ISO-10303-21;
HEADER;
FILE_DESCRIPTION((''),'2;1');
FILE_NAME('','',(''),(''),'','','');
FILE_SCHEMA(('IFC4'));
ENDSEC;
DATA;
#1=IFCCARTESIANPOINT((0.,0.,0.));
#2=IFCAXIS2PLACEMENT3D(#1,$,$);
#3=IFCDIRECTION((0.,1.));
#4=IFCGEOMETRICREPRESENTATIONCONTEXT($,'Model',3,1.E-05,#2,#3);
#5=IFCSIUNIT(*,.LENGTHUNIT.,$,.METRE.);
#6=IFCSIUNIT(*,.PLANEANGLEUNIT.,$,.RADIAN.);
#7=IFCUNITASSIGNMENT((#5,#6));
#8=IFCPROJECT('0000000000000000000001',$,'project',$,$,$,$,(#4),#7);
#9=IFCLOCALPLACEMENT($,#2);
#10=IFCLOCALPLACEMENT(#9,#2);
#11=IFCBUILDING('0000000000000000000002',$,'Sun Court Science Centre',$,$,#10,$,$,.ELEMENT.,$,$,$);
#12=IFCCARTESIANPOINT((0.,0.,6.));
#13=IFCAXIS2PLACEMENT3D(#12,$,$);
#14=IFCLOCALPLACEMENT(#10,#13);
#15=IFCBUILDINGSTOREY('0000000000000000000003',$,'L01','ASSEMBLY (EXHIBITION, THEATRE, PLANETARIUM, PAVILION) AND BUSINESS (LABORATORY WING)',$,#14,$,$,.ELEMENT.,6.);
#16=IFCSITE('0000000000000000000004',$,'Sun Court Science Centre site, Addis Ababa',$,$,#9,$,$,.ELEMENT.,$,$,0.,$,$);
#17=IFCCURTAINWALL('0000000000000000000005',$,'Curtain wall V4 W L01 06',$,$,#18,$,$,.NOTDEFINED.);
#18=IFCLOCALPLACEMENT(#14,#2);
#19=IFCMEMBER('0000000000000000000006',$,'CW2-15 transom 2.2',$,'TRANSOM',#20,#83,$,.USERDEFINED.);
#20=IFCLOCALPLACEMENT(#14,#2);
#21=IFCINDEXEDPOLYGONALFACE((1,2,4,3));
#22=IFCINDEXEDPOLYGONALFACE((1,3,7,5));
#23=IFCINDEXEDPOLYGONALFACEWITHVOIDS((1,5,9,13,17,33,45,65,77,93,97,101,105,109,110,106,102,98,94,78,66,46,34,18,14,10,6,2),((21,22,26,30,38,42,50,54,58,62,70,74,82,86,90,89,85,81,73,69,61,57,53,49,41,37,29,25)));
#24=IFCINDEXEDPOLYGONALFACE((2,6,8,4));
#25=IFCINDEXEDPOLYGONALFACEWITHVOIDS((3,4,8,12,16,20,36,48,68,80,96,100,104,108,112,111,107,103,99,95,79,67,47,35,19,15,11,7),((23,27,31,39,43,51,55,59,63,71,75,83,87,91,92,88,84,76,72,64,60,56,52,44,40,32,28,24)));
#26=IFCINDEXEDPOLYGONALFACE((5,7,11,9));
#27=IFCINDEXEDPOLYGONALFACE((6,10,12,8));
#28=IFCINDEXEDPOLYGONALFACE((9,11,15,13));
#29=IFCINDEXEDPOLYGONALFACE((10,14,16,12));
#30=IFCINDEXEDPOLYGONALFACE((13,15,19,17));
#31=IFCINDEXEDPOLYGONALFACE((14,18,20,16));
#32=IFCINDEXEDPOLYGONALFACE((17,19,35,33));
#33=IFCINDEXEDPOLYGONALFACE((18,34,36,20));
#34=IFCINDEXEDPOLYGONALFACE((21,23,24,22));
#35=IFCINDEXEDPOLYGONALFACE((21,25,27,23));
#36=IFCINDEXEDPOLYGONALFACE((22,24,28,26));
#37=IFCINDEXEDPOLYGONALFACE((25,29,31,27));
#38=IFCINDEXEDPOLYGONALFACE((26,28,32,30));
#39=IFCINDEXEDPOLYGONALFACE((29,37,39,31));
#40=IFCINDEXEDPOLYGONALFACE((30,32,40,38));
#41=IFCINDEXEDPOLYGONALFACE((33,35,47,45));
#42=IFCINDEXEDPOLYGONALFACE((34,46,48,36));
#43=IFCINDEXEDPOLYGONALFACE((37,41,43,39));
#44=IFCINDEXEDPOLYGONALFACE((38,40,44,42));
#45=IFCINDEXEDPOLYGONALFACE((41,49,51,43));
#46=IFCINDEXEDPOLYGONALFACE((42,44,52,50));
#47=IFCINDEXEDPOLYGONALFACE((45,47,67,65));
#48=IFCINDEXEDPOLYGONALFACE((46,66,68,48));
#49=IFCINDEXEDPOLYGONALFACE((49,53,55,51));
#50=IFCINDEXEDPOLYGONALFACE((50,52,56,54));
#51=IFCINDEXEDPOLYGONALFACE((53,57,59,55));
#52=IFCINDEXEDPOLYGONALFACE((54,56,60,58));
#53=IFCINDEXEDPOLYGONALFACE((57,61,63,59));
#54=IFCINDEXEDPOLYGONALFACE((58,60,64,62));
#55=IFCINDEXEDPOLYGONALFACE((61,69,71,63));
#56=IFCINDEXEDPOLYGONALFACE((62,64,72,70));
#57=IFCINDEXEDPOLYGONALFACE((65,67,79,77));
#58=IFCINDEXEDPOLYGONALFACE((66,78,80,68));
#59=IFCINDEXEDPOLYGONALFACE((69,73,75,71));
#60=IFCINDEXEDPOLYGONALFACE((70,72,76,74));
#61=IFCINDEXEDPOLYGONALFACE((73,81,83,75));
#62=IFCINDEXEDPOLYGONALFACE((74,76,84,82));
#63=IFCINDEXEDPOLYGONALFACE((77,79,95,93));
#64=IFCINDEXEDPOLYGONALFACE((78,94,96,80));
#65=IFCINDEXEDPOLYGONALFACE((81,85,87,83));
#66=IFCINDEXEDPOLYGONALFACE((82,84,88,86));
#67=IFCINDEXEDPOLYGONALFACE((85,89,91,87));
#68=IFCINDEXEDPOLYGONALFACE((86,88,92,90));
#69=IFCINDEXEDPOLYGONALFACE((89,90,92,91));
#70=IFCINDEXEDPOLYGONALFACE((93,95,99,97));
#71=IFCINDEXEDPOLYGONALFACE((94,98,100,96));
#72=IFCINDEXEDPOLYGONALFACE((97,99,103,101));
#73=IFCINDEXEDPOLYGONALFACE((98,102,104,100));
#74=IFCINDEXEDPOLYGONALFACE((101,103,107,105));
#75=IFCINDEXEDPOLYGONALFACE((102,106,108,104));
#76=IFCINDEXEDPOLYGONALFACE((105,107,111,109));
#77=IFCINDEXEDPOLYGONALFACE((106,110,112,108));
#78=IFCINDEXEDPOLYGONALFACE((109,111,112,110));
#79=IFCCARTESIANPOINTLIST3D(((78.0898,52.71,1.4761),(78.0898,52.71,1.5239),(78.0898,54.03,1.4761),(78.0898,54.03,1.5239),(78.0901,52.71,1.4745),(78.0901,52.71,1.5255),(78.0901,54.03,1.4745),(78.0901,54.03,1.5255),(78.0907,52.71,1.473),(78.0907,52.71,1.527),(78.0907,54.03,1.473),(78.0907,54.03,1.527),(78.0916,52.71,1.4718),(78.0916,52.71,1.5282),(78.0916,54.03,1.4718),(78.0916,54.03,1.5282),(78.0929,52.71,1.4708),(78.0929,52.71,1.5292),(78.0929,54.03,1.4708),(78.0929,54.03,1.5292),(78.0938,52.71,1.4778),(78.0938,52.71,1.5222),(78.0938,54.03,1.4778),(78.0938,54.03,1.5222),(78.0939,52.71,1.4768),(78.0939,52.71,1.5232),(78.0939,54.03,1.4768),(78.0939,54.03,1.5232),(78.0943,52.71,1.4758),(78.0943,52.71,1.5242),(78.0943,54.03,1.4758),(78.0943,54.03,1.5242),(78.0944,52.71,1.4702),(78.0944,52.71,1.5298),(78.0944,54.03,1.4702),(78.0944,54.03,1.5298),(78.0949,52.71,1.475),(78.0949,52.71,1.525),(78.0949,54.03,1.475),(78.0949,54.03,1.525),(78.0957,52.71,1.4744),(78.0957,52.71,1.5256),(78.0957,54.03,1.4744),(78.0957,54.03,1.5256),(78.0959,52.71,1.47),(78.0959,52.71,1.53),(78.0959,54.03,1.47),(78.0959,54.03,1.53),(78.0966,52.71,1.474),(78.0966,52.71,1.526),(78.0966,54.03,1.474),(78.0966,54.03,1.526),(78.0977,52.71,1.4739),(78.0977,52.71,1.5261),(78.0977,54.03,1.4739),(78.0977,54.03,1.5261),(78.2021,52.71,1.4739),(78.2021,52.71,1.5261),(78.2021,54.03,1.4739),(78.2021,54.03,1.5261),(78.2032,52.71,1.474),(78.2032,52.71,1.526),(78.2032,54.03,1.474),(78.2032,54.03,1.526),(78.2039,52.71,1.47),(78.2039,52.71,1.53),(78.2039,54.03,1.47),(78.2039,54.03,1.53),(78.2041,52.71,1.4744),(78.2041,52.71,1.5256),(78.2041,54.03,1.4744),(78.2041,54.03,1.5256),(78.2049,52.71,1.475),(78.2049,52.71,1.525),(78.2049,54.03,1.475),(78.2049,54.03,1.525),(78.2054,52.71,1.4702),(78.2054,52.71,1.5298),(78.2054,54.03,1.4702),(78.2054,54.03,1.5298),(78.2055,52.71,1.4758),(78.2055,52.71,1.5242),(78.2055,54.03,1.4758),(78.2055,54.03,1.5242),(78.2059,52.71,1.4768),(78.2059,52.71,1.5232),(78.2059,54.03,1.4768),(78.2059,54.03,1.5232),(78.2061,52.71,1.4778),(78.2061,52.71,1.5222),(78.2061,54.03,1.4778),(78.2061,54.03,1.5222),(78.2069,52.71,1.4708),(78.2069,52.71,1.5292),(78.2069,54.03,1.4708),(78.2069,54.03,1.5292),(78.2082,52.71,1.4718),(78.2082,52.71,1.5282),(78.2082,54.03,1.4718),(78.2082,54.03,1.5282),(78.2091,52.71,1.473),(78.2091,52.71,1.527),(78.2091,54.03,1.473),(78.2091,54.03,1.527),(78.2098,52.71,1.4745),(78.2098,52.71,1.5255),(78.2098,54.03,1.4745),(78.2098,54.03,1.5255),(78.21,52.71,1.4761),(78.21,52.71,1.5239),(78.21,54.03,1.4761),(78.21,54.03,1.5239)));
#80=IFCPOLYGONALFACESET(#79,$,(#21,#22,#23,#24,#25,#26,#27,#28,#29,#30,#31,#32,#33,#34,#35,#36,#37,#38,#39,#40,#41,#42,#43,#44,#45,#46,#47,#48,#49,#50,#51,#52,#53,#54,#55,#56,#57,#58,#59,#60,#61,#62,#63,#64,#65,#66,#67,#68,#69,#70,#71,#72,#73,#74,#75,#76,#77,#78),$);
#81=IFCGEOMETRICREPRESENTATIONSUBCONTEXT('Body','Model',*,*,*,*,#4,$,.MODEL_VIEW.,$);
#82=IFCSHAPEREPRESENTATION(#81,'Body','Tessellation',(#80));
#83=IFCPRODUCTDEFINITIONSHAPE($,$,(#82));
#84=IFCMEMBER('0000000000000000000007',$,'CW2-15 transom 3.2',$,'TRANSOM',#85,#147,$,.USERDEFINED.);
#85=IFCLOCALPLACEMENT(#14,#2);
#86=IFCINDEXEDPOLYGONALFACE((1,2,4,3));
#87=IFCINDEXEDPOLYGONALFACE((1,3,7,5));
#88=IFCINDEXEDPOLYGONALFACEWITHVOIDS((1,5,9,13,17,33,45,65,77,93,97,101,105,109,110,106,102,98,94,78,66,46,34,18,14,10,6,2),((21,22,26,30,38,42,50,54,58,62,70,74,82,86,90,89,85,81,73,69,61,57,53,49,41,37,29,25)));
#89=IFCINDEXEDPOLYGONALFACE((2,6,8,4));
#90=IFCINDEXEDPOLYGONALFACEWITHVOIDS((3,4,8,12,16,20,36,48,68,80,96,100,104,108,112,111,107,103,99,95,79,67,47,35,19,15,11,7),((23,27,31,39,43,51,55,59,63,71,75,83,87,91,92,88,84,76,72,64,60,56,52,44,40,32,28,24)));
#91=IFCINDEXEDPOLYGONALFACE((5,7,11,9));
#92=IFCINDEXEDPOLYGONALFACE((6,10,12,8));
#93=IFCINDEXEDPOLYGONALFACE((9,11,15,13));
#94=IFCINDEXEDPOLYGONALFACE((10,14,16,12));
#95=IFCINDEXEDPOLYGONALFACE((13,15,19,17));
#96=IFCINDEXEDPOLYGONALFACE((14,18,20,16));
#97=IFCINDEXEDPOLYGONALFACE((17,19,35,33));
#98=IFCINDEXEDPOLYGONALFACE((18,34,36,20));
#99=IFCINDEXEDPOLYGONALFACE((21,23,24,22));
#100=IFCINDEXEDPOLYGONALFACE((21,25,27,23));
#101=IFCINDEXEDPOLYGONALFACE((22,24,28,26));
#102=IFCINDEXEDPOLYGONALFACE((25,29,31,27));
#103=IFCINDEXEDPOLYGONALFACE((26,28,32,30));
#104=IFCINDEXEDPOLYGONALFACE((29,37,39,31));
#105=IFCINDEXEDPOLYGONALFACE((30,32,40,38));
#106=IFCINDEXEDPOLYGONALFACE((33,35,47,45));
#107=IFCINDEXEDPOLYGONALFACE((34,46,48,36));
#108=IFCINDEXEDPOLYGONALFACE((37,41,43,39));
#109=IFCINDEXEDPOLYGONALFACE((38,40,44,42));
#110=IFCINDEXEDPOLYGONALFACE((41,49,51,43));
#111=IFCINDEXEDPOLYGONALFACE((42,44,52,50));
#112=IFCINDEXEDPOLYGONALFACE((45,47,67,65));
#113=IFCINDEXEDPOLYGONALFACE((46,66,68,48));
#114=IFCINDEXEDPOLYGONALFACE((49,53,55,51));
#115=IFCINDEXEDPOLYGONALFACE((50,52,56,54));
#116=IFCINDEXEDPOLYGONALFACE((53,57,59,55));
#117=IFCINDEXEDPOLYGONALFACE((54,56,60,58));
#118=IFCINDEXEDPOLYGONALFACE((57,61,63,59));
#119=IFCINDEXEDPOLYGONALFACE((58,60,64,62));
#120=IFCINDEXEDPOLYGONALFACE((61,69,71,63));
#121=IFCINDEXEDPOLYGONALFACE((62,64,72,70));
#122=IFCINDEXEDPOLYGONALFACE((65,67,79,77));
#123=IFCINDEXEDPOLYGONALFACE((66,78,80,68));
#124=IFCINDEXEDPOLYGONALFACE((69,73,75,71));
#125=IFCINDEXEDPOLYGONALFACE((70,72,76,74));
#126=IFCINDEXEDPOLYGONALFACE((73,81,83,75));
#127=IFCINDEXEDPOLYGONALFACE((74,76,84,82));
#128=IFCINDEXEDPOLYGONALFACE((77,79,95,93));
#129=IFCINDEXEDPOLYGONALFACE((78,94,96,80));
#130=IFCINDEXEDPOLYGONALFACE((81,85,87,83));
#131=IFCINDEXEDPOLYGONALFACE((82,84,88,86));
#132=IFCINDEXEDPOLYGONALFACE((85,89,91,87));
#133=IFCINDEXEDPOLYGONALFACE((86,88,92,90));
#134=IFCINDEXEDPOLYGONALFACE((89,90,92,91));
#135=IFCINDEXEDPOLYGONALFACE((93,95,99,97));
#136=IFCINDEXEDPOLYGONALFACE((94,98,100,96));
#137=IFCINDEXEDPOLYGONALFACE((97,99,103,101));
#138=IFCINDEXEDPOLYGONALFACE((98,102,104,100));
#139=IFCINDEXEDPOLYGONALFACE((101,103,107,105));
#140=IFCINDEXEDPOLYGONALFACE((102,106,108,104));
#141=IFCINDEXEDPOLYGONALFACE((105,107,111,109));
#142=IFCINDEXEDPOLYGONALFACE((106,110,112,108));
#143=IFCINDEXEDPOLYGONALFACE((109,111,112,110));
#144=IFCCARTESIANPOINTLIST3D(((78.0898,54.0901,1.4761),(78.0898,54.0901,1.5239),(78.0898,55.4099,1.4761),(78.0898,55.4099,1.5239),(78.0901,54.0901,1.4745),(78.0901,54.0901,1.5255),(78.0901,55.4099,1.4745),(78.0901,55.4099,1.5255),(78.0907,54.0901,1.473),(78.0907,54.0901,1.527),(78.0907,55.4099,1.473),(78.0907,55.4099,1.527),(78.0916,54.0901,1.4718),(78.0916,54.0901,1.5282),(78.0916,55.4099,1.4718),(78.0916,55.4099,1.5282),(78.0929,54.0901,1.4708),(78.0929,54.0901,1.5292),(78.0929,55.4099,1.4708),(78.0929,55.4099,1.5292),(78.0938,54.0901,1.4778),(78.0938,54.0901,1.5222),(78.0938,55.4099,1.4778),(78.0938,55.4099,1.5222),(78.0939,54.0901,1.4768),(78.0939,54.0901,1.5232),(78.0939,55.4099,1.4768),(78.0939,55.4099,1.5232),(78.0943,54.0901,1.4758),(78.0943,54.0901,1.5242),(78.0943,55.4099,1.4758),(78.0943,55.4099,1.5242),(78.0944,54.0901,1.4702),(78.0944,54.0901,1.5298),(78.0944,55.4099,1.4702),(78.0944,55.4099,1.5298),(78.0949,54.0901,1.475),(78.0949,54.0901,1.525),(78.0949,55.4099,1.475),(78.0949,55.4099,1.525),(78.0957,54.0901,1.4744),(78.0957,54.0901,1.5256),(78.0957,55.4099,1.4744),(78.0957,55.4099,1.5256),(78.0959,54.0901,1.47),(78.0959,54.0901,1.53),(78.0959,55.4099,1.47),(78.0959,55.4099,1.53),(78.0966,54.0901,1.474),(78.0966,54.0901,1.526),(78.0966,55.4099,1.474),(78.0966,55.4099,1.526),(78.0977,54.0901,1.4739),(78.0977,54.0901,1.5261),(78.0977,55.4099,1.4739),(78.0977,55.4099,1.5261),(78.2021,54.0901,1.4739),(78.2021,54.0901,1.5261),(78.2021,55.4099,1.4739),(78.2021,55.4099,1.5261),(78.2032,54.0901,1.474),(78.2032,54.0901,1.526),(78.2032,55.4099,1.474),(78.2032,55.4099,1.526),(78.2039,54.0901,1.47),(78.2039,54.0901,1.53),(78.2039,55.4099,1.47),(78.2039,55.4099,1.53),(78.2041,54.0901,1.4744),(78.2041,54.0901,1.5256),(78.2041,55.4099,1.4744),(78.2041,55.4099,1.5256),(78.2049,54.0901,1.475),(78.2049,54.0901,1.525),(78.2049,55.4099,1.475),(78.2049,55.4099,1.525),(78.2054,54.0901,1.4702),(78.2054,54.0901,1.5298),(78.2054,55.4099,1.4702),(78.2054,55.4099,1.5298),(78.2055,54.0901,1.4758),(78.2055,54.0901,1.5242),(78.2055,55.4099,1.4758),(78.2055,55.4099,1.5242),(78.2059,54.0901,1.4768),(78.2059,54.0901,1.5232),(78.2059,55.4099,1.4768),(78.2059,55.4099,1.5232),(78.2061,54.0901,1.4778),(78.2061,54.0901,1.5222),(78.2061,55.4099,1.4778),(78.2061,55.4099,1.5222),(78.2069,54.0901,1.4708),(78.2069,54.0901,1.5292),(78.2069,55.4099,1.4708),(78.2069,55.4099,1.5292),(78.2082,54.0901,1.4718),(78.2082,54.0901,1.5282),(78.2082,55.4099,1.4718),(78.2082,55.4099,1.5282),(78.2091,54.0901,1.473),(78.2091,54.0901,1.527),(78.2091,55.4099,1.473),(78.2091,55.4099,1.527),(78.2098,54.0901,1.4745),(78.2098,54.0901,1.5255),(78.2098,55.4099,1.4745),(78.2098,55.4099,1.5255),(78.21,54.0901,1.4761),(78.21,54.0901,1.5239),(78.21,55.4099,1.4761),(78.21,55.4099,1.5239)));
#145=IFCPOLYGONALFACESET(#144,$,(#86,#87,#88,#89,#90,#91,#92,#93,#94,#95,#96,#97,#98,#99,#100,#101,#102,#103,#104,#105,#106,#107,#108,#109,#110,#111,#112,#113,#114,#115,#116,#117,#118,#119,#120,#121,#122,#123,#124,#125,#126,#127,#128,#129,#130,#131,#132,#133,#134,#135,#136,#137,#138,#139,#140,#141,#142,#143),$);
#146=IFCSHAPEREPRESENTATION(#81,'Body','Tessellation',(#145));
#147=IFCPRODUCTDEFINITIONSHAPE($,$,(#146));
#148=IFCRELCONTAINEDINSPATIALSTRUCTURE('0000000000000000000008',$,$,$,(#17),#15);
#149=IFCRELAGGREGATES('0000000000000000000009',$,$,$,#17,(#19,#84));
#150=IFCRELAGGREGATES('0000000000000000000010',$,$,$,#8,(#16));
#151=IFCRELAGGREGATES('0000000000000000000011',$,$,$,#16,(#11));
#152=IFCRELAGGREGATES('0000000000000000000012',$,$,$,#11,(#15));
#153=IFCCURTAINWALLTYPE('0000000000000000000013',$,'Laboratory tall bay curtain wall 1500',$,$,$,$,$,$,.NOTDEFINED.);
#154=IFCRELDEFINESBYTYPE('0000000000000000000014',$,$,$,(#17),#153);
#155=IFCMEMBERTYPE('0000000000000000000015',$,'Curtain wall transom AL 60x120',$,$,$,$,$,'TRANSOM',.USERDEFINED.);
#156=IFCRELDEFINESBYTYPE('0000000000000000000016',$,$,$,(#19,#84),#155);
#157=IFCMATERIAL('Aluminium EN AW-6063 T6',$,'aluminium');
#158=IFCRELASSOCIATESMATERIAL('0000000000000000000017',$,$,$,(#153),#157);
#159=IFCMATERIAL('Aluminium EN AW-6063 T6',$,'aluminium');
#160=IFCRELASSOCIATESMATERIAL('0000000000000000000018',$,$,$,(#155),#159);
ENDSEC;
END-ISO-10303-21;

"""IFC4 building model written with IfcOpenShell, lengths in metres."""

from ifc_helpers import new_model, si_unit, direction, frame, origin, origin_2d, place, context, subcontext, project, spatial, hollow_rectangle, extrude, material, material_profile, profile_set, type_object, element, aggregate, save


model = new_model("IFC4")

# Units and contexts
model_context = context("Model", 3, precision=1e-05, world=origin(), true_north=direction((0.0, 1.0)))
body_context = subcontext(model_context, "Body", "Model", "MODEL_VIEW")
ifc_project = project(units=[si_unit("LENGTHUNIT", "METRE"), si_unit("PLANEANGLEUNIT", "RADIAN")], contexts=[model_context])

# Site, building, storey
site_placement = place(None, origin())
site = spatial("IfcSite", under=ifc_project, at=site_placement, Name="Sun Court Science Centre site, Addis Ababa", CompositionType="ELEMENT", RefElevation=0.0)
building_placement = place(site_placement, origin())
building = spatial("IfcBuilding", under=site, at=building_placement, Name="Sun Court Science Centre", CompositionType="ELEMENT")
storey_placement = place(building_placement, frame((0.0, 0.0, 6.0)))
storey = spatial("IfcBuildingStorey", under=building, at=storey_placement, Name="L01", Description="ASSEMBLY (EXHIBITION, THEATRE, PLANETARIUM, PAVILION) AND BUSINESS (LABORATORY WING)", CompositionType="ELEMENT", Elevation=6.0)

# Shared definitions
ifc_material_1 = material(Name="Aluminium EN AW-6063 T6", Category="aluminium")
curtain_wall_type = type_object("IfcCurtainWallType", Name="Laboratory tall bay curtain wall 1500", PredefinedType="NOTDEFINED", material=ifc_material_1)

# Curtain wall, members
curtain_wall_1_placement = place(storey_placement, origin())
curtain_wall_1 = element("IfcCurtainWall", 1, at=curtain_wall_1_placement, inside=storey, type_object=curtain_wall_type, Name="Curtain wall V4 W L01 06", PredefinedType="NOTDEFINED")
ifc_material_2 = material(Name="Aluminium EN AW-6063 T6", Category="aluminium")
ifc_material_profile_1 = material_profile(ifc_material_2, hollow_rectangle(XDim=0.0601, YDim=0.1201, WallThickness=0.0039, InnerFilletRadius=0.0039, OuterFilletRadius=0.0061, at=origin_2d()), Name="AL 60x120x4")
ifc_profile_set_1 = profile_set([ifc_material_profile_1], Name="Aluminium EN AW-6063 T6")
member_type_1 = type_object("IfcMemberType", Name="Curtain wall transom AL 60x120", ElementType="TRANSOM", PredefinedType="USERDEFINED", material=ifc_profile_set_1)
member_1_placement = place(storey_placement, frame((78.1499, 52.71, 1.5), z_axis=(0.0, 1.0, 0.0), x_axis=(0.0, 0.0, 1.0)))
member_1 = element("IfcMember", 2, at=member_1_placement, type_object=member_type_1, Name="CW2-15 transom 2.2", ObjectType="TRANSOM", PredefinedType="USERDEFINED", context=body_context, shape_type="SweptSolid", body=[
    extrude(hollow_rectangle(XDim=0.0601, YDim=0.1201, WallThickness=0.0039, InnerFilletRadius=0.0039, OuterFilletRadius=0.0061, at=origin_2d()), origin(), (0.0, 0.0, 1.0), 1.3201),
])
member_2_placement = place(storey_placement, frame((78.1499, 54.0901, 1.5), z_axis=(0.0, 1.0, 0.0), x_axis=(0.0, 0.0, 1.0)))
member_2 = element("IfcMember", 3, at=member_2_placement, type_object=member_type_1, Name="CW2-15 transom 3.2", ObjectType="TRANSOM", PredefinedType="USERDEFINED", context=body_context, shape_type="SweptSolid", body=[
    extrude(hollow_rectangle(XDim=0.0601, YDim=0.1201, WallThickness=0.0039, InnerFilletRadius=0.0039, OuterFilletRadius=0.0061, at=origin_2d()), origin(), (0.0, 0.0, 1.0), 1.3198),
])

aggregate(curtain_wall_1, [member_1, member_2])

save(model, "model.ifc")
